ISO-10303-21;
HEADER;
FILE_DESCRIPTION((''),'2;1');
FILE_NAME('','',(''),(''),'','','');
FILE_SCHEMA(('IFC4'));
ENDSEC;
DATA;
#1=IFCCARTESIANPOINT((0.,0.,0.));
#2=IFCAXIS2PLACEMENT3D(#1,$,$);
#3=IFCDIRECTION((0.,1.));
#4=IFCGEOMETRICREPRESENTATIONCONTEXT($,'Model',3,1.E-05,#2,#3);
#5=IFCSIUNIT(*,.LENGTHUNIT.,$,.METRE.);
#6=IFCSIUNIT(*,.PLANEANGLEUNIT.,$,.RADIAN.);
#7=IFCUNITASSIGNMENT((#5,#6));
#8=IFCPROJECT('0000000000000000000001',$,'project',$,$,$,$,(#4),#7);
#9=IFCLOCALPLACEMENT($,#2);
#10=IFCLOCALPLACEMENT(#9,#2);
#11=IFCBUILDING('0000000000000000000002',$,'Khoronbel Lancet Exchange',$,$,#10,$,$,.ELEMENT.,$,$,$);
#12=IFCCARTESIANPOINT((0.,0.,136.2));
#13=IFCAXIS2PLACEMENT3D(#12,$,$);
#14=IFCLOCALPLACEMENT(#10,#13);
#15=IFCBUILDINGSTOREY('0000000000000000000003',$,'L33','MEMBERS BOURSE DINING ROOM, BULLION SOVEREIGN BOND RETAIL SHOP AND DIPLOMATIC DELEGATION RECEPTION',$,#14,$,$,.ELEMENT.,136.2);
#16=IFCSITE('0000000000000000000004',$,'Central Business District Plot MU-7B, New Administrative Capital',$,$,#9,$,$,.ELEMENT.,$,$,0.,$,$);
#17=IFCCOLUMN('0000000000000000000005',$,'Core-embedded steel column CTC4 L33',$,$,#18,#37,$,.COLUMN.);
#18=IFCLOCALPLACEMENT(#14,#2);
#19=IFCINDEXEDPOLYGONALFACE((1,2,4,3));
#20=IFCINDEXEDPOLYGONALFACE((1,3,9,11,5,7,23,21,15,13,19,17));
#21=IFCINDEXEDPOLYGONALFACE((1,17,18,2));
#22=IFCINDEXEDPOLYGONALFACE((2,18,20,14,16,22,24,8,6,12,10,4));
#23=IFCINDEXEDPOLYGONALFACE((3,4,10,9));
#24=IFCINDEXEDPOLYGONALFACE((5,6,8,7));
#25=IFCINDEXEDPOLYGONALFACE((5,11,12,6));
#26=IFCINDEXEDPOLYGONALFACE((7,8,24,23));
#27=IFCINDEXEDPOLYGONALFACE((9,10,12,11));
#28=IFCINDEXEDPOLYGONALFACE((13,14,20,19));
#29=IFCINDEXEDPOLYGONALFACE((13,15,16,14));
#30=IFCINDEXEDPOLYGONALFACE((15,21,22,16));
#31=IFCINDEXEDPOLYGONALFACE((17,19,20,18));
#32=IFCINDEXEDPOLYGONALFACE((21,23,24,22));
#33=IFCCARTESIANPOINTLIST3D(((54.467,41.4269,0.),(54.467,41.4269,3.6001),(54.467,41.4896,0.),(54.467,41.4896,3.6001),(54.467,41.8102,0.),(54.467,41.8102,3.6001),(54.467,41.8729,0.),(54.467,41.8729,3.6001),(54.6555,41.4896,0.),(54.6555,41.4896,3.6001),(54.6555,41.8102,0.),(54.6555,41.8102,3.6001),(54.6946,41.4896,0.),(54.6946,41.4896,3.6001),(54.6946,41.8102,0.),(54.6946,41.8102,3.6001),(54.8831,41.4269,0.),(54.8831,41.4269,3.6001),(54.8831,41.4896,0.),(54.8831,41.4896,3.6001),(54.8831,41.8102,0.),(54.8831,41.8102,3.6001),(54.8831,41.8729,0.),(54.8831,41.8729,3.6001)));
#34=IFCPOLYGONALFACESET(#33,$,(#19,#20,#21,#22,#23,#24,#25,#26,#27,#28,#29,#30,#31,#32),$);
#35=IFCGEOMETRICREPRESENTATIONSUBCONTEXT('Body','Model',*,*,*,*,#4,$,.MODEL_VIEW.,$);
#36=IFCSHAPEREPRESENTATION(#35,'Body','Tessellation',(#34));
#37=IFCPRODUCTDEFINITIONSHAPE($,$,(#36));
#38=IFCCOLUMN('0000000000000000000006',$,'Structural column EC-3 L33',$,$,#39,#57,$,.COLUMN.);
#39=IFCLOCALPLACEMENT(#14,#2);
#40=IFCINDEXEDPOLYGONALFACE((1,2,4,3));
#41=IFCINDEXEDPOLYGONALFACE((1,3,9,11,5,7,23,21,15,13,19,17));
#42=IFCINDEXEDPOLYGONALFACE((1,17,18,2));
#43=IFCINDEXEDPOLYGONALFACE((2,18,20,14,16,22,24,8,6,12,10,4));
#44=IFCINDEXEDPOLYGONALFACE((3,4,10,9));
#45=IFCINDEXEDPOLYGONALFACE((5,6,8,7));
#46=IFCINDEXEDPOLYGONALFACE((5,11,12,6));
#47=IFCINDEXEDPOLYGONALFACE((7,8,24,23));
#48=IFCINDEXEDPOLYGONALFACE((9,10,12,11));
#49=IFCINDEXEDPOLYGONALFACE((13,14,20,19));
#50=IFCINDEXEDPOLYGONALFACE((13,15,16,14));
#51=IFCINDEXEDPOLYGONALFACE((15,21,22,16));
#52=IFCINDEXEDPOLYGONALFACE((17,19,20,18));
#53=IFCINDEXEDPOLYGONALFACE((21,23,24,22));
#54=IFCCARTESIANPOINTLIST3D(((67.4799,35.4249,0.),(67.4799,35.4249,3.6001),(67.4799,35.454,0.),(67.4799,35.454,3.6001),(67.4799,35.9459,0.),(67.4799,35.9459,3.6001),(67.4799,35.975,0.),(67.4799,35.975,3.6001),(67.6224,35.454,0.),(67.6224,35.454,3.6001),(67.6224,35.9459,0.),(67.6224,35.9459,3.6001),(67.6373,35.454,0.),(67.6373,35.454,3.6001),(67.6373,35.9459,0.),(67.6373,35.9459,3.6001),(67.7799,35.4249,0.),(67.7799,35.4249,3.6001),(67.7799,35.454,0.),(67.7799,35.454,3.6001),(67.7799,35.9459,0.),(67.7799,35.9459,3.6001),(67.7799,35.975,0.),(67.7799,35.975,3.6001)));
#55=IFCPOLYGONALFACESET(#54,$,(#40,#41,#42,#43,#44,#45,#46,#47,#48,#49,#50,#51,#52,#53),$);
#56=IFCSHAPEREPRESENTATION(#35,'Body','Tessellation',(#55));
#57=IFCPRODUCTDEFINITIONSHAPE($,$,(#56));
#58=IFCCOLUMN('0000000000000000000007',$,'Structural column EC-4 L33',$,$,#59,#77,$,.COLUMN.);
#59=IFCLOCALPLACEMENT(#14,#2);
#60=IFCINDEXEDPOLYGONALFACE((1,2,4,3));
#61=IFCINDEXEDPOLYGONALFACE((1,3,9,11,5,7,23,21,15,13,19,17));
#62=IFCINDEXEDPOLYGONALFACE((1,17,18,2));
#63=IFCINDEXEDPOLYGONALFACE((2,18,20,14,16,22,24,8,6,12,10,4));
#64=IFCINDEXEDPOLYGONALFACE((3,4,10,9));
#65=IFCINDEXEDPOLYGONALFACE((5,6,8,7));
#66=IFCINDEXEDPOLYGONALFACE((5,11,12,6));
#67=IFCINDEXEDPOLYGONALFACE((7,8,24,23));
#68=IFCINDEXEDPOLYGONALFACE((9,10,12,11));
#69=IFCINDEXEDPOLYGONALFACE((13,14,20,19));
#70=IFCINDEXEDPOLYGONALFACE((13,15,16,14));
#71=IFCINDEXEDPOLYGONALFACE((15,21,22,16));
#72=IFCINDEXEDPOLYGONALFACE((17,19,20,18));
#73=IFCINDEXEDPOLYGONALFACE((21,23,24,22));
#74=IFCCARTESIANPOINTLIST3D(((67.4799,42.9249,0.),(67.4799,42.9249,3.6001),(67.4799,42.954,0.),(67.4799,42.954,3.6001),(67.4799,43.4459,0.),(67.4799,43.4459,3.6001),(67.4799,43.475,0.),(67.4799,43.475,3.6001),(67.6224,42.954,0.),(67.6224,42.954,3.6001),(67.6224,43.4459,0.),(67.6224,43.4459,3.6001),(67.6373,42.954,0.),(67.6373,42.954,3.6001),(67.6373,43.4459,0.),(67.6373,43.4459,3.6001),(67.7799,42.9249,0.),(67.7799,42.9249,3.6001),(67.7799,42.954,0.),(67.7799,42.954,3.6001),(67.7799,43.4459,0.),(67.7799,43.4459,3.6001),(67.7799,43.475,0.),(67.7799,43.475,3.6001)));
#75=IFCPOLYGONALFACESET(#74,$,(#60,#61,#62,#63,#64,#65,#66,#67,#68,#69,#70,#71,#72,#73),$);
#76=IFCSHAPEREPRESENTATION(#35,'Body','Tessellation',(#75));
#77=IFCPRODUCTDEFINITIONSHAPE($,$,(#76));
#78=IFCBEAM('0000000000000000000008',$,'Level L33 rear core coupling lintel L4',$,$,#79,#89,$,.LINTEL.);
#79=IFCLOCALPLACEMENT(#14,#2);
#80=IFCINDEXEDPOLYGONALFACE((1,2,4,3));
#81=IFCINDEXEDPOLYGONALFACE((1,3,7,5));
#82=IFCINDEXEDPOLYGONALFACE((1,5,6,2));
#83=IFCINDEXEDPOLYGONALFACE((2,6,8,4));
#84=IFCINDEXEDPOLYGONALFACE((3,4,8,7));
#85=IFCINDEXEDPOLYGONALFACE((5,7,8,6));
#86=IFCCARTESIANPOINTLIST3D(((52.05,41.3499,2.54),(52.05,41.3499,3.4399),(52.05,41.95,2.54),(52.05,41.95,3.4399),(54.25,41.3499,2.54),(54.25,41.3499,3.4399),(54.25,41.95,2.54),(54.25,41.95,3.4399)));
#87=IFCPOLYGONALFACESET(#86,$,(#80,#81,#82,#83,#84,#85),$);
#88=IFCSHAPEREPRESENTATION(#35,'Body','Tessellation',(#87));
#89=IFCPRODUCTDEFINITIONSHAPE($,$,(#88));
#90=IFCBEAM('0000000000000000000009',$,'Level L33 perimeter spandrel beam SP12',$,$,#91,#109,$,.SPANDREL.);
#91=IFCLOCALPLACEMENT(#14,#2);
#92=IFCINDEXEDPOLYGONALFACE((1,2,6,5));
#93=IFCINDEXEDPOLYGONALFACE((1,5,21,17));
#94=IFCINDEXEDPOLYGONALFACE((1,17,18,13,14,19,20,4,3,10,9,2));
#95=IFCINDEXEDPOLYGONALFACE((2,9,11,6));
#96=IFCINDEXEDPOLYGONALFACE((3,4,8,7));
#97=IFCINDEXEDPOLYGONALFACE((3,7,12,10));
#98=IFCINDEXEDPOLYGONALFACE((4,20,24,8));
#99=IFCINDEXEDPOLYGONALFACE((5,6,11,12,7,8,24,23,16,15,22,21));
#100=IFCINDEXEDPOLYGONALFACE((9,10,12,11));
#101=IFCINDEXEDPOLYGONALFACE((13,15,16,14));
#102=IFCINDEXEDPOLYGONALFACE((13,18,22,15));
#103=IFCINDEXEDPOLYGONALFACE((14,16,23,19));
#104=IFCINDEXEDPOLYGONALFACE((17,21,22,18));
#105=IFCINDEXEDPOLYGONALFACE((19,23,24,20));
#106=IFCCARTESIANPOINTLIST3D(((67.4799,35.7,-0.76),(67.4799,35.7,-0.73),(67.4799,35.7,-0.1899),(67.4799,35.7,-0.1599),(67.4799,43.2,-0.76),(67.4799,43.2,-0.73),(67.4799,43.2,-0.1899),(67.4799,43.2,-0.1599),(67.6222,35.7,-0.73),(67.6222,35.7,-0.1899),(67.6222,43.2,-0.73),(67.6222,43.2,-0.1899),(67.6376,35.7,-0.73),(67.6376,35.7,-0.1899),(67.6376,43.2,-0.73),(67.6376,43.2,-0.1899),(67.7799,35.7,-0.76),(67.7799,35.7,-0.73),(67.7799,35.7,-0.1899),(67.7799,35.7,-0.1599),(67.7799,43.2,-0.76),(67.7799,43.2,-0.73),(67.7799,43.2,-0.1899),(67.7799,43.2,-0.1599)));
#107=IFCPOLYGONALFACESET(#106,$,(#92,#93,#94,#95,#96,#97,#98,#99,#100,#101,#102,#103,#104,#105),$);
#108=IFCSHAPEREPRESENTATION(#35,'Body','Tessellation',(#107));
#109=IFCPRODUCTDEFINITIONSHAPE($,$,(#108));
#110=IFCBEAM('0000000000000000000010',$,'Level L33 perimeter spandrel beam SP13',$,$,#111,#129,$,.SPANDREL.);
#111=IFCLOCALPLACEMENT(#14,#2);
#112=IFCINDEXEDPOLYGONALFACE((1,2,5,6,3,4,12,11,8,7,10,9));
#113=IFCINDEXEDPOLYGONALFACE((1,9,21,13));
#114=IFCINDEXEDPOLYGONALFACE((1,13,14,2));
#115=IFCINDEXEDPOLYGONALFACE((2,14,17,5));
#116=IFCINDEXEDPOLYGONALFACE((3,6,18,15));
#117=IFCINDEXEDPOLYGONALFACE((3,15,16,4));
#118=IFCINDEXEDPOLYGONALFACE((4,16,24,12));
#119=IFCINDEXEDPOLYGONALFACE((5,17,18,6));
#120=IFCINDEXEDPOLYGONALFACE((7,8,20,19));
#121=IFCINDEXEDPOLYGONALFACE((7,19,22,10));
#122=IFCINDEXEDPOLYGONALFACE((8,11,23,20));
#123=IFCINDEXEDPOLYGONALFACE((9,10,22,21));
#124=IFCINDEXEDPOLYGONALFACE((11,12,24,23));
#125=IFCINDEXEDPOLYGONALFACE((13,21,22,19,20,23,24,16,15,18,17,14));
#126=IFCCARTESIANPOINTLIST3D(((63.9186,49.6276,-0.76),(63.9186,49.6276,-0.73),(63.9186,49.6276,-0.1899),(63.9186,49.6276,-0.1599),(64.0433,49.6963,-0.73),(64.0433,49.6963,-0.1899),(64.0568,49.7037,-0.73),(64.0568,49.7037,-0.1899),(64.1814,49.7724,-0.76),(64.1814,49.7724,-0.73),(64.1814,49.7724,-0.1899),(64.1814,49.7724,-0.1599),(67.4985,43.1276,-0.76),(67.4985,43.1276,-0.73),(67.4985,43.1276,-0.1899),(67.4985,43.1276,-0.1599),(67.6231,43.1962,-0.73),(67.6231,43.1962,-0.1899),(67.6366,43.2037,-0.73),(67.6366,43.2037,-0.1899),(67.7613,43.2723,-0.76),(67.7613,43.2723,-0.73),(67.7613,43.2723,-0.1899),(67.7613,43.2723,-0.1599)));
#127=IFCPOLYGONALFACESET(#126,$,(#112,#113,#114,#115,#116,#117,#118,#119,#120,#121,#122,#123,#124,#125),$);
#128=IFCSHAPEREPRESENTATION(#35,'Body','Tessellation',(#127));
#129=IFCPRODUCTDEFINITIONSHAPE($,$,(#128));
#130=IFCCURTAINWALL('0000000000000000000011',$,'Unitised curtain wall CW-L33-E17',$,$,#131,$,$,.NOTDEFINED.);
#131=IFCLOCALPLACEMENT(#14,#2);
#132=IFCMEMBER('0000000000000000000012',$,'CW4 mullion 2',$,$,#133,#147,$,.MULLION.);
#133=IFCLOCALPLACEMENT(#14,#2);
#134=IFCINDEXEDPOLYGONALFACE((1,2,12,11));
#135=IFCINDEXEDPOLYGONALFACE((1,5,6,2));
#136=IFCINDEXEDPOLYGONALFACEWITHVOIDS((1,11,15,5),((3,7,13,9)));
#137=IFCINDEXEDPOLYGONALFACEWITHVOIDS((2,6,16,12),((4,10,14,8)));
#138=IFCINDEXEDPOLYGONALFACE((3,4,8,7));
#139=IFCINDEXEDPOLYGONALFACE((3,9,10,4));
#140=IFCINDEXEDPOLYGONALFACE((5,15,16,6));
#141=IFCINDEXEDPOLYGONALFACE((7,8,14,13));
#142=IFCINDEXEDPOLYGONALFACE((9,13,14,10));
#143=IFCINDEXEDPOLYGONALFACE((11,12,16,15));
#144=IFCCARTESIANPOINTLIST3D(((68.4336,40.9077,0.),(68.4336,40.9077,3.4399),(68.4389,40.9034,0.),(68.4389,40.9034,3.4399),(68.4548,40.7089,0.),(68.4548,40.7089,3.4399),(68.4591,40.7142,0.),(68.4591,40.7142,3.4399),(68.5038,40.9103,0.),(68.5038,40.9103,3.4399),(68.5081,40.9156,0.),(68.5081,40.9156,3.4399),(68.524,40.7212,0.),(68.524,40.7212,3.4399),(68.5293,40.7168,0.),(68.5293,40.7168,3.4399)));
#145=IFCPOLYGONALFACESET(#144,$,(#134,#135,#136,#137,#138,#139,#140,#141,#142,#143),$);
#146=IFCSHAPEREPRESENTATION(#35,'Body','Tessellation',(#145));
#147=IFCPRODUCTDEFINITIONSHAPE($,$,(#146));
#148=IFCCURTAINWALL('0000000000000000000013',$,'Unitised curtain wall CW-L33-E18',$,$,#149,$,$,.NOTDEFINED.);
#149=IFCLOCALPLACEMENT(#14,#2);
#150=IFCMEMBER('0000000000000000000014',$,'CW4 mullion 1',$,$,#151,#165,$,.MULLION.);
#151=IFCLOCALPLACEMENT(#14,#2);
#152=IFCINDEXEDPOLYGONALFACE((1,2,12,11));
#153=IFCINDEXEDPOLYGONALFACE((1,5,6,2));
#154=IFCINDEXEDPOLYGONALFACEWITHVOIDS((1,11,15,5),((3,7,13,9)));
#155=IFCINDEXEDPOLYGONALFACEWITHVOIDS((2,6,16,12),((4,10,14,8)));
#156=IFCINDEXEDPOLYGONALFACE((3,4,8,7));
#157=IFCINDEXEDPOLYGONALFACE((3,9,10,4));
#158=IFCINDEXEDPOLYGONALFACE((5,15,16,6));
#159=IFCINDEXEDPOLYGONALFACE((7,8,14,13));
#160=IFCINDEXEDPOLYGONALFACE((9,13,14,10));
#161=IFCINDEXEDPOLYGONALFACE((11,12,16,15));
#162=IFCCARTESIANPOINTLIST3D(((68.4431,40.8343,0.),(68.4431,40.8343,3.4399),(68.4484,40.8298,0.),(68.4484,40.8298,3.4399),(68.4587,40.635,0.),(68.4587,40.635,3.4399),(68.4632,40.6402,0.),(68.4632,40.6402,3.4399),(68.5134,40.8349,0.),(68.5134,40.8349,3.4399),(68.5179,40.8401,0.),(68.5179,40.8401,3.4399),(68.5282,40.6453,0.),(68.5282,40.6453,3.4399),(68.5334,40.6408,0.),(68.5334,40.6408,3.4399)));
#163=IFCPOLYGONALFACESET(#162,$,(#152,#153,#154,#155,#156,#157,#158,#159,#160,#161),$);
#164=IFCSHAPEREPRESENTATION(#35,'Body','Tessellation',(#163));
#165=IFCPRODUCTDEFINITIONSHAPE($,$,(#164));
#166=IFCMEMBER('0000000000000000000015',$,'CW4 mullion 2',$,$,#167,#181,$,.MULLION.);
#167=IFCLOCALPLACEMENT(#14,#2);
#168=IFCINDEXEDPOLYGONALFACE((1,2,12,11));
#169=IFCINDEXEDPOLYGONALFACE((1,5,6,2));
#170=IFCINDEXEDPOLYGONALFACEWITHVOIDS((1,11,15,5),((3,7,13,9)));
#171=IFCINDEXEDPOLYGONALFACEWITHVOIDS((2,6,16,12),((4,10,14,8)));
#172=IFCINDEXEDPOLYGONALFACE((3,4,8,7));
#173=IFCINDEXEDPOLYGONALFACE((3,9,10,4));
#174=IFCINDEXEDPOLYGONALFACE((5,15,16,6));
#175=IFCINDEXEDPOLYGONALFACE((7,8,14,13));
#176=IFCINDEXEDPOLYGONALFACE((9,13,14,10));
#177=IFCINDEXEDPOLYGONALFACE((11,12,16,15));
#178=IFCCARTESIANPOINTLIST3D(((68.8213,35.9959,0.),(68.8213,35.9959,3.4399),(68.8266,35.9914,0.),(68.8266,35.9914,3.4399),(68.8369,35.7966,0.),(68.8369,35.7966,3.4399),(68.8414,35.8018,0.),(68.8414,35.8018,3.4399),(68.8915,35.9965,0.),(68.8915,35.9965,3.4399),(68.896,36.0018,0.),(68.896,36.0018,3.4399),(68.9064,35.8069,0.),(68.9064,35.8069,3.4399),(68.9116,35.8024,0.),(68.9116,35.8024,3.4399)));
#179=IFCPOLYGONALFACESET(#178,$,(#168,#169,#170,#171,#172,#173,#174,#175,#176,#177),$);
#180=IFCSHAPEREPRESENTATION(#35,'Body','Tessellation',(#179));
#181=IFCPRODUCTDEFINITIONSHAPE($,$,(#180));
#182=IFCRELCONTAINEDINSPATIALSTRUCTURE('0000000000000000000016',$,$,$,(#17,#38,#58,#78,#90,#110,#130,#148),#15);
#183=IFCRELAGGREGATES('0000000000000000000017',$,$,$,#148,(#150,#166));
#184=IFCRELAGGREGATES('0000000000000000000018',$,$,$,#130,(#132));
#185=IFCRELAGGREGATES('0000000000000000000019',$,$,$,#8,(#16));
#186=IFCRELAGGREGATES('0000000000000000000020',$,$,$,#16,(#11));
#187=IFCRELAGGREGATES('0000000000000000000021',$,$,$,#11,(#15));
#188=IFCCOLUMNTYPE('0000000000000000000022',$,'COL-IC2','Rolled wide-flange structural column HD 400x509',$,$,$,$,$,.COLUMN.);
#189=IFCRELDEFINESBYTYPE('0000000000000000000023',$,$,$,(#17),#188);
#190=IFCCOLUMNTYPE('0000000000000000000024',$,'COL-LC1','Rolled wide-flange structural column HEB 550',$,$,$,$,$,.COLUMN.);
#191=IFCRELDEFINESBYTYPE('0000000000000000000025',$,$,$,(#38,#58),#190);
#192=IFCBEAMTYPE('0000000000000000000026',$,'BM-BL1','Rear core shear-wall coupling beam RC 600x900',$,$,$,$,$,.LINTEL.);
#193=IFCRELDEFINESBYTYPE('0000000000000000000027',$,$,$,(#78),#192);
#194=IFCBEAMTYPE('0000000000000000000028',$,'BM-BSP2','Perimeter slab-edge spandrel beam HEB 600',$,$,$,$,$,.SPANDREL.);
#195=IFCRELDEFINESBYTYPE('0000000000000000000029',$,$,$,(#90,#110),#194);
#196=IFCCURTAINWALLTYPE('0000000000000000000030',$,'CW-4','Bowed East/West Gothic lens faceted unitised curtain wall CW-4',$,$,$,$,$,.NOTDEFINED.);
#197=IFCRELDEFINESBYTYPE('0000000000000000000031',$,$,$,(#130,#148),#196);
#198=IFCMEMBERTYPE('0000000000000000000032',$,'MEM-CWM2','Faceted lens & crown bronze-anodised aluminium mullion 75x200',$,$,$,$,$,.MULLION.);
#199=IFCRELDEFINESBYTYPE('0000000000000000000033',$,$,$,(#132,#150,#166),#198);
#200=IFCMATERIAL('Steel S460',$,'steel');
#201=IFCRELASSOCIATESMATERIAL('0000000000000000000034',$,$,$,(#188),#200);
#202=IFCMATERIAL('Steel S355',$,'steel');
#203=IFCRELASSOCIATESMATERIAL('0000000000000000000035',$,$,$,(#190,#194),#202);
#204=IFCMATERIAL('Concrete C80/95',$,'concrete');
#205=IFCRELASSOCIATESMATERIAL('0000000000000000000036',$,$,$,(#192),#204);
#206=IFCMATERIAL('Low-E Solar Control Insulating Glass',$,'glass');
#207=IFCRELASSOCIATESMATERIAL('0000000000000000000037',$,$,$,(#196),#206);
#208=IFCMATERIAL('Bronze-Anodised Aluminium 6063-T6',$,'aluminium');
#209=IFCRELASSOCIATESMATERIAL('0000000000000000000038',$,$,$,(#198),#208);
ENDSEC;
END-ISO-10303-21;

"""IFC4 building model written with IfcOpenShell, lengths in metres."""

from ifc_helpers import new_model, si_unit, direction, frame, origin, origin_2d, place, context, subcontext, project, spatial, rectangle, hollow_rectangle, i_section, extrude, material, material_profile, profile_set, type_object, element, aggregate, save


model = new_model("IFC4")

# Units and contexts
model_context = context("Model", 3, precision=1e-05, world=origin(), true_north=direction((0.0, 1.0)))
body_context = subcontext(model_context, "Body", "Model", "MODEL_VIEW")
ifc_project = project(units=[si_unit("LENGTHUNIT", "METRE"), si_unit("PLANEANGLEUNIT", "RADIAN")], contexts=[model_context])

# Site, building, storey
site_placement = place(None, origin())
site = spatial("IfcSite", under=ifc_project, at=site_placement, Name="Central Business District Plot MU-7B, New Administrative Capital", CompositionType="ELEMENT", RefElevation=0.0)
building_placement = place(site_placement, origin())
building = spatial("IfcBuilding", under=site, at=building_placement, Name="Khoronbel Lancet Exchange", CompositionType="ELEMENT")
storey_placement = place(building_placement, frame((0.0, 0.0, 136.2)))
storey = spatial("IfcBuildingStorey", under=building, at=storey_placement, Name="L33", Description="MEMBERS BOURSE DINING ROOM, BULLION SOVEREIGN BOND RETAIL SHOP AND DIPLOMATIC DELEGATION RECEPTION", CompositionType="ELEMENT", Elevation=136.2)

# Columns
ifc_material_1 = material(Name="Steel S460", Category="steel")
ifc_material_profile_1 = material_profile(ifc_material_1, i_section(OverallWidth=0.416, OverallDepth=0.446, WebThickness=0.0391, FlangeThickness=0.0627, at=origin_2d()), Name="HD 400x509")
ifc_profile_set_1 = profile_set([ifc_material_profile_1], Name="Steel S460")
column_type_1 = type_object("IfcColumnType", Name="COL-IC2", Description="Rolled wide-flange structural column HD 400x509", PredefinedType="COLUMN", material=ifc_profile_set_1)
column_placement = place(storey_placement, frame((54.675, 41.6499, 0.0), z_axis=(0.0, 0.0, 1.0), x_axis=(1.0, 0.0, 0.0)))
element("IfcColumn", 1, at=column_placement, inside=storey, type_object=column_type_1, Name="Core-embedded steel column CTC4 L33", PredefinedType="COLUMN", context=body_context, shape_type="SweptSolid", body=[
    extrude(i_section(OverallWidth=0.416, OverallDepth=0.446, WebThickness=0.0391, FlangeThickness=0.0627, at=origin_2d()), origin(), (0.0, 0.0, 1.0), 3.6001),
])
ifc_material_2 = material(Name="Steel S355", Category="steel")
ifc_material_profile_2 = material_profile(ifc_material_2, i_section(OverallWidth=0.3, OverallDepth=0.55, WebThickness=0.0149, FlangeThickness=0.0291, at=origin_2d()), Name="HEB 550")
ifc_profile_set_2 = profile_set([ifc_material_profile_2], Name="Steel S355")
column_type_2 = type_object("IfcColumnType", Name="COL-LC1", Description="Rolled wide-flange structural column HEB 550", PredefinedType="COLUMN", material=ifc_profile_set_2)
for number, where, z_axis, x_axis, name in (
    (2, (67.6299, 35.7, 0.0), (0.0, 0.0, 1.0), (1.0, 0.0, 0.0), "Structural column EC-3 L33"),
    (3, (67.6299, 43.2, 0.0), (0.0, 0.0, 1.0), (1.0, 0.0, 0.0), "Structural column EC-4 L33"),
):
    element("IfcColumn", number, at=place(storey_placement, frame(where, z_axis=z_axis, x_axis=x_axis)), inside=storey, type_object=column_type_2, Name=name, PredefinedType="COLUMN", context=body_context, shape_type="SweptSolid", body=[
        extrude(i_section(OverallWidth=0.3, OverallDepth=0.55, WebThickness=0.0149, FlangeThickness=0.0291, at=origin_2d()), origin(), (0.0, 0.0, 1.0), 3.6001),
    ])

# Beams
ifc_material_3 = material(Name="Concrete C80/95", Category="concrete")
ifc_material_profile_3 = material_profile(ifc_material_3, rectangle(XDim=0.6001, YDim=0.8999, at=origin_2d()), Name="RC 600x900")
ifc_profile_set_3 = profile_set([ifc_material_profile_3], Name="Concrete C80/95")
beam_type_1 = type_object("IfcBeamType", Name="BM-BL1", Description="Rear core shear-wall coupling beam RC 600x900", PredefinedType="LINTEL", material=ifc_profile_set_3)
beam_1_placement = place(storey_placement, frame((52.05, 41.6499, 2.99), z_axis=(1.0, 0.0, 0.0), x_axis=(0.0, 1.0, 0.0)))
element("IfcBeam", 4, at=beam_1_placement, inside=storey, type_object=beam_type_1, Name="Level L33 rear core coupling lintel L4", PredefinedType="LINTEL", context=body_context, shape_type="SweptSolid", body=[
    extrude(rectangle(XDim=0.6001, YDim=0.8999, at=origin_2d()), origin(), (0.0, 0.0, 1.0), 2.2),
])
ifc_material_profile_4 = material_profile(ifc_material_2, i_section(OverallWidth=0.3, OverallDepth=0.6001, WebThickness=0.0154, FlangeThickness=0.03, at=origin_2d()), Name="HEB 600")
ifc_profile_set_4 = profile_set([ifc_material_profile_4], Name="Steel S355")
beam_type_2 = type_object("IfcBeamType", Name="BM-BSP2", Description="Perimeter slab-edge spandrel beam HEB 600", PredefinedType="SPANDREL", material=ifc_profile_set_4)
beam_2_placement = place(storey_placement, frame((67.6299, 35.7, -0.46), z_axis=(0.0, 1.0, 0.0), x_axis=(-1.0, 0.0, 0.0)))
element("IfcBeam", 5, at=beam_2_placement, inside=storey, type_object=beam_type_2, Name="Level L33 perimeter spandrel beam SP12", PredefinedType="SPANDREL", context=body_context, shape_type="SweptSolid", body=[
    extrude(i_section(OverallWidth=0.3, OverallDepth=0.6001, WebThickness=0.0154, FlangeThickness=0.03, at=origin_2d()), origin(), (0.0, 0.0, 1.0), 7.5),
])
beam_3_placement = place(storey_placement, frame((67.6299, 43.2, -0.46), z_axis=(-0.482419, 0.875941, 0.0), x_axis=(-0.875941, -0.482419, 0.0)))
element("IfcBeam", 6, at=beam_3_placement, inside=storey, type_object=beam_type_2, Name="Level L33 perimeter spandrel beam SP13", PredefinedType="SPANDREL", context=body_context, shape_type="SweptSolid", body=[
    extrude(i_section(OverallWidth=0.3, OverallDepth=0.6001, WebThickness=0.0154, FlangeThickness=0.03, at=origin_2d()), origin(), (0.0, 0.0, 1.0), 7.4207),
])

# Curtain wall, member
ifc_material_4 = material(Name="Low-E Solar Control Insulating Glass", Category="glass")
curtain_wall_type = type_object("IfcCurtainWallType", Name="CW-4", Description="Bowed East/West Gothic lens faceted unitised curtain wall CW-4", PredefinedType="NOTDEFINED", material=ifc_material_4)
curtain_wall_1_placement = place(storey_placement, origin())
curtain_wall_1 = element("IfcCurtainWall", 7, at=curtain_wall_1_placement, inside=storey, type_object=curtain_wall_type, Name="Unitised curtain wall CW-L33-E17", PredefinedType="NOTDEFINED")
ifc_material_5 = material(Name="Bronze-Anodised Aluminium 6063-T6", Category="aluminium")
ifc_material_profile_5 = material_profile(ifc_material_5, hollow_rectangle(XDim=0.075, YDim=0.2, WallThickness=0.0049, at=origin_2d()), Name="ALU MULLION 75x200")
ifc_profile_set_5 = profile_set([ifc_material_profile_5], Name="Bronze-Anodised Aluminium 6063-T6")
member_type_1 = type_object("IfcMemberType", Name="MEM-CWM2", Description="Faceted lens & crown bronze-anodised aluminium mullion 75x200", PredefinedType="MULLION", material=ifc_profile_set_5)
member_1_placement = place(storey_placement, frame((68.4814, 40.8123, 0.0), z_axis=(0.0, 0.0, 1.0), x_axis=(0.994347, 0.106181, 0.0)))
member_1 = element("IfcMember", 8, at=member_1_placement, type_object=member_type_1, Name="CW4 mullion 2", PredefinedType="MULLION", context=body_context, shape_type="SweptSolid", body=[
    extrude(hollow_rectangle(XDim=0.075, YDim=0.2, WallThickness=0.0049, at=origin_2d()), origin(), (0.0, 0.0, 1.0), 3.4399),
])

# Curtain wall, members
curtain_wall_2_placement = place(storey_placement, origin())
curtain_wall_2 = element("IfcCurtainWall", 9, at=curtain_wall_2_placement, inside=storey, type_object=curtain_wall_type, Name="Unitised curtain wall CW-L33-E18", PredefinedType="NOTDEFINED")
member_2_placement = place(storey_placement, frame((68.4883, 40.7375, 0.0), z_axis=(0.0, 0.0, 1.0), x_axis=(0.99696, 0.077921, 0.0)))
member_2 = element("IfcMember", 10, at=member_2_placement, type_object=member_type_1, Name="CW4 mullion 1", PredefinedType="MULLION", context=body_context, shape_type="SweptSolid", body=[
    extrude(hollow_rectangle(XDim=0.075, YDim=0.2, WallThickness=0.0049, at=origin_2d()), origin(), (0.0, 0.0, 1.0), 3.4399),
])
member_3_placement = place(storey_placement, frame((68.8665, 35.8992, 0.0), z_axis=(0.0, 0.0, 1.0), x_axis=(0.99696, 0.077921, 0.0)))
member_3 = element("IfcMember", 11, at=member_3_placement, type_object=member_type_1, Name="CW4 mullion 2", PredefinedType="MULLION", context=body_context, shape_type="SweptSolid", body=[
    extrude(hollow_rectangle(XDim=0.075, YDim=0.2, WallThickness=0.0049, at=origin_2d()), origin(), (0.0, 0.0, 1.0), 3.4399),
])

aggregate(curtain_wall_2, [member_2, member_3])
aggregate(curtain_wall_1, [member_1])

save(model, "model.ifc")
